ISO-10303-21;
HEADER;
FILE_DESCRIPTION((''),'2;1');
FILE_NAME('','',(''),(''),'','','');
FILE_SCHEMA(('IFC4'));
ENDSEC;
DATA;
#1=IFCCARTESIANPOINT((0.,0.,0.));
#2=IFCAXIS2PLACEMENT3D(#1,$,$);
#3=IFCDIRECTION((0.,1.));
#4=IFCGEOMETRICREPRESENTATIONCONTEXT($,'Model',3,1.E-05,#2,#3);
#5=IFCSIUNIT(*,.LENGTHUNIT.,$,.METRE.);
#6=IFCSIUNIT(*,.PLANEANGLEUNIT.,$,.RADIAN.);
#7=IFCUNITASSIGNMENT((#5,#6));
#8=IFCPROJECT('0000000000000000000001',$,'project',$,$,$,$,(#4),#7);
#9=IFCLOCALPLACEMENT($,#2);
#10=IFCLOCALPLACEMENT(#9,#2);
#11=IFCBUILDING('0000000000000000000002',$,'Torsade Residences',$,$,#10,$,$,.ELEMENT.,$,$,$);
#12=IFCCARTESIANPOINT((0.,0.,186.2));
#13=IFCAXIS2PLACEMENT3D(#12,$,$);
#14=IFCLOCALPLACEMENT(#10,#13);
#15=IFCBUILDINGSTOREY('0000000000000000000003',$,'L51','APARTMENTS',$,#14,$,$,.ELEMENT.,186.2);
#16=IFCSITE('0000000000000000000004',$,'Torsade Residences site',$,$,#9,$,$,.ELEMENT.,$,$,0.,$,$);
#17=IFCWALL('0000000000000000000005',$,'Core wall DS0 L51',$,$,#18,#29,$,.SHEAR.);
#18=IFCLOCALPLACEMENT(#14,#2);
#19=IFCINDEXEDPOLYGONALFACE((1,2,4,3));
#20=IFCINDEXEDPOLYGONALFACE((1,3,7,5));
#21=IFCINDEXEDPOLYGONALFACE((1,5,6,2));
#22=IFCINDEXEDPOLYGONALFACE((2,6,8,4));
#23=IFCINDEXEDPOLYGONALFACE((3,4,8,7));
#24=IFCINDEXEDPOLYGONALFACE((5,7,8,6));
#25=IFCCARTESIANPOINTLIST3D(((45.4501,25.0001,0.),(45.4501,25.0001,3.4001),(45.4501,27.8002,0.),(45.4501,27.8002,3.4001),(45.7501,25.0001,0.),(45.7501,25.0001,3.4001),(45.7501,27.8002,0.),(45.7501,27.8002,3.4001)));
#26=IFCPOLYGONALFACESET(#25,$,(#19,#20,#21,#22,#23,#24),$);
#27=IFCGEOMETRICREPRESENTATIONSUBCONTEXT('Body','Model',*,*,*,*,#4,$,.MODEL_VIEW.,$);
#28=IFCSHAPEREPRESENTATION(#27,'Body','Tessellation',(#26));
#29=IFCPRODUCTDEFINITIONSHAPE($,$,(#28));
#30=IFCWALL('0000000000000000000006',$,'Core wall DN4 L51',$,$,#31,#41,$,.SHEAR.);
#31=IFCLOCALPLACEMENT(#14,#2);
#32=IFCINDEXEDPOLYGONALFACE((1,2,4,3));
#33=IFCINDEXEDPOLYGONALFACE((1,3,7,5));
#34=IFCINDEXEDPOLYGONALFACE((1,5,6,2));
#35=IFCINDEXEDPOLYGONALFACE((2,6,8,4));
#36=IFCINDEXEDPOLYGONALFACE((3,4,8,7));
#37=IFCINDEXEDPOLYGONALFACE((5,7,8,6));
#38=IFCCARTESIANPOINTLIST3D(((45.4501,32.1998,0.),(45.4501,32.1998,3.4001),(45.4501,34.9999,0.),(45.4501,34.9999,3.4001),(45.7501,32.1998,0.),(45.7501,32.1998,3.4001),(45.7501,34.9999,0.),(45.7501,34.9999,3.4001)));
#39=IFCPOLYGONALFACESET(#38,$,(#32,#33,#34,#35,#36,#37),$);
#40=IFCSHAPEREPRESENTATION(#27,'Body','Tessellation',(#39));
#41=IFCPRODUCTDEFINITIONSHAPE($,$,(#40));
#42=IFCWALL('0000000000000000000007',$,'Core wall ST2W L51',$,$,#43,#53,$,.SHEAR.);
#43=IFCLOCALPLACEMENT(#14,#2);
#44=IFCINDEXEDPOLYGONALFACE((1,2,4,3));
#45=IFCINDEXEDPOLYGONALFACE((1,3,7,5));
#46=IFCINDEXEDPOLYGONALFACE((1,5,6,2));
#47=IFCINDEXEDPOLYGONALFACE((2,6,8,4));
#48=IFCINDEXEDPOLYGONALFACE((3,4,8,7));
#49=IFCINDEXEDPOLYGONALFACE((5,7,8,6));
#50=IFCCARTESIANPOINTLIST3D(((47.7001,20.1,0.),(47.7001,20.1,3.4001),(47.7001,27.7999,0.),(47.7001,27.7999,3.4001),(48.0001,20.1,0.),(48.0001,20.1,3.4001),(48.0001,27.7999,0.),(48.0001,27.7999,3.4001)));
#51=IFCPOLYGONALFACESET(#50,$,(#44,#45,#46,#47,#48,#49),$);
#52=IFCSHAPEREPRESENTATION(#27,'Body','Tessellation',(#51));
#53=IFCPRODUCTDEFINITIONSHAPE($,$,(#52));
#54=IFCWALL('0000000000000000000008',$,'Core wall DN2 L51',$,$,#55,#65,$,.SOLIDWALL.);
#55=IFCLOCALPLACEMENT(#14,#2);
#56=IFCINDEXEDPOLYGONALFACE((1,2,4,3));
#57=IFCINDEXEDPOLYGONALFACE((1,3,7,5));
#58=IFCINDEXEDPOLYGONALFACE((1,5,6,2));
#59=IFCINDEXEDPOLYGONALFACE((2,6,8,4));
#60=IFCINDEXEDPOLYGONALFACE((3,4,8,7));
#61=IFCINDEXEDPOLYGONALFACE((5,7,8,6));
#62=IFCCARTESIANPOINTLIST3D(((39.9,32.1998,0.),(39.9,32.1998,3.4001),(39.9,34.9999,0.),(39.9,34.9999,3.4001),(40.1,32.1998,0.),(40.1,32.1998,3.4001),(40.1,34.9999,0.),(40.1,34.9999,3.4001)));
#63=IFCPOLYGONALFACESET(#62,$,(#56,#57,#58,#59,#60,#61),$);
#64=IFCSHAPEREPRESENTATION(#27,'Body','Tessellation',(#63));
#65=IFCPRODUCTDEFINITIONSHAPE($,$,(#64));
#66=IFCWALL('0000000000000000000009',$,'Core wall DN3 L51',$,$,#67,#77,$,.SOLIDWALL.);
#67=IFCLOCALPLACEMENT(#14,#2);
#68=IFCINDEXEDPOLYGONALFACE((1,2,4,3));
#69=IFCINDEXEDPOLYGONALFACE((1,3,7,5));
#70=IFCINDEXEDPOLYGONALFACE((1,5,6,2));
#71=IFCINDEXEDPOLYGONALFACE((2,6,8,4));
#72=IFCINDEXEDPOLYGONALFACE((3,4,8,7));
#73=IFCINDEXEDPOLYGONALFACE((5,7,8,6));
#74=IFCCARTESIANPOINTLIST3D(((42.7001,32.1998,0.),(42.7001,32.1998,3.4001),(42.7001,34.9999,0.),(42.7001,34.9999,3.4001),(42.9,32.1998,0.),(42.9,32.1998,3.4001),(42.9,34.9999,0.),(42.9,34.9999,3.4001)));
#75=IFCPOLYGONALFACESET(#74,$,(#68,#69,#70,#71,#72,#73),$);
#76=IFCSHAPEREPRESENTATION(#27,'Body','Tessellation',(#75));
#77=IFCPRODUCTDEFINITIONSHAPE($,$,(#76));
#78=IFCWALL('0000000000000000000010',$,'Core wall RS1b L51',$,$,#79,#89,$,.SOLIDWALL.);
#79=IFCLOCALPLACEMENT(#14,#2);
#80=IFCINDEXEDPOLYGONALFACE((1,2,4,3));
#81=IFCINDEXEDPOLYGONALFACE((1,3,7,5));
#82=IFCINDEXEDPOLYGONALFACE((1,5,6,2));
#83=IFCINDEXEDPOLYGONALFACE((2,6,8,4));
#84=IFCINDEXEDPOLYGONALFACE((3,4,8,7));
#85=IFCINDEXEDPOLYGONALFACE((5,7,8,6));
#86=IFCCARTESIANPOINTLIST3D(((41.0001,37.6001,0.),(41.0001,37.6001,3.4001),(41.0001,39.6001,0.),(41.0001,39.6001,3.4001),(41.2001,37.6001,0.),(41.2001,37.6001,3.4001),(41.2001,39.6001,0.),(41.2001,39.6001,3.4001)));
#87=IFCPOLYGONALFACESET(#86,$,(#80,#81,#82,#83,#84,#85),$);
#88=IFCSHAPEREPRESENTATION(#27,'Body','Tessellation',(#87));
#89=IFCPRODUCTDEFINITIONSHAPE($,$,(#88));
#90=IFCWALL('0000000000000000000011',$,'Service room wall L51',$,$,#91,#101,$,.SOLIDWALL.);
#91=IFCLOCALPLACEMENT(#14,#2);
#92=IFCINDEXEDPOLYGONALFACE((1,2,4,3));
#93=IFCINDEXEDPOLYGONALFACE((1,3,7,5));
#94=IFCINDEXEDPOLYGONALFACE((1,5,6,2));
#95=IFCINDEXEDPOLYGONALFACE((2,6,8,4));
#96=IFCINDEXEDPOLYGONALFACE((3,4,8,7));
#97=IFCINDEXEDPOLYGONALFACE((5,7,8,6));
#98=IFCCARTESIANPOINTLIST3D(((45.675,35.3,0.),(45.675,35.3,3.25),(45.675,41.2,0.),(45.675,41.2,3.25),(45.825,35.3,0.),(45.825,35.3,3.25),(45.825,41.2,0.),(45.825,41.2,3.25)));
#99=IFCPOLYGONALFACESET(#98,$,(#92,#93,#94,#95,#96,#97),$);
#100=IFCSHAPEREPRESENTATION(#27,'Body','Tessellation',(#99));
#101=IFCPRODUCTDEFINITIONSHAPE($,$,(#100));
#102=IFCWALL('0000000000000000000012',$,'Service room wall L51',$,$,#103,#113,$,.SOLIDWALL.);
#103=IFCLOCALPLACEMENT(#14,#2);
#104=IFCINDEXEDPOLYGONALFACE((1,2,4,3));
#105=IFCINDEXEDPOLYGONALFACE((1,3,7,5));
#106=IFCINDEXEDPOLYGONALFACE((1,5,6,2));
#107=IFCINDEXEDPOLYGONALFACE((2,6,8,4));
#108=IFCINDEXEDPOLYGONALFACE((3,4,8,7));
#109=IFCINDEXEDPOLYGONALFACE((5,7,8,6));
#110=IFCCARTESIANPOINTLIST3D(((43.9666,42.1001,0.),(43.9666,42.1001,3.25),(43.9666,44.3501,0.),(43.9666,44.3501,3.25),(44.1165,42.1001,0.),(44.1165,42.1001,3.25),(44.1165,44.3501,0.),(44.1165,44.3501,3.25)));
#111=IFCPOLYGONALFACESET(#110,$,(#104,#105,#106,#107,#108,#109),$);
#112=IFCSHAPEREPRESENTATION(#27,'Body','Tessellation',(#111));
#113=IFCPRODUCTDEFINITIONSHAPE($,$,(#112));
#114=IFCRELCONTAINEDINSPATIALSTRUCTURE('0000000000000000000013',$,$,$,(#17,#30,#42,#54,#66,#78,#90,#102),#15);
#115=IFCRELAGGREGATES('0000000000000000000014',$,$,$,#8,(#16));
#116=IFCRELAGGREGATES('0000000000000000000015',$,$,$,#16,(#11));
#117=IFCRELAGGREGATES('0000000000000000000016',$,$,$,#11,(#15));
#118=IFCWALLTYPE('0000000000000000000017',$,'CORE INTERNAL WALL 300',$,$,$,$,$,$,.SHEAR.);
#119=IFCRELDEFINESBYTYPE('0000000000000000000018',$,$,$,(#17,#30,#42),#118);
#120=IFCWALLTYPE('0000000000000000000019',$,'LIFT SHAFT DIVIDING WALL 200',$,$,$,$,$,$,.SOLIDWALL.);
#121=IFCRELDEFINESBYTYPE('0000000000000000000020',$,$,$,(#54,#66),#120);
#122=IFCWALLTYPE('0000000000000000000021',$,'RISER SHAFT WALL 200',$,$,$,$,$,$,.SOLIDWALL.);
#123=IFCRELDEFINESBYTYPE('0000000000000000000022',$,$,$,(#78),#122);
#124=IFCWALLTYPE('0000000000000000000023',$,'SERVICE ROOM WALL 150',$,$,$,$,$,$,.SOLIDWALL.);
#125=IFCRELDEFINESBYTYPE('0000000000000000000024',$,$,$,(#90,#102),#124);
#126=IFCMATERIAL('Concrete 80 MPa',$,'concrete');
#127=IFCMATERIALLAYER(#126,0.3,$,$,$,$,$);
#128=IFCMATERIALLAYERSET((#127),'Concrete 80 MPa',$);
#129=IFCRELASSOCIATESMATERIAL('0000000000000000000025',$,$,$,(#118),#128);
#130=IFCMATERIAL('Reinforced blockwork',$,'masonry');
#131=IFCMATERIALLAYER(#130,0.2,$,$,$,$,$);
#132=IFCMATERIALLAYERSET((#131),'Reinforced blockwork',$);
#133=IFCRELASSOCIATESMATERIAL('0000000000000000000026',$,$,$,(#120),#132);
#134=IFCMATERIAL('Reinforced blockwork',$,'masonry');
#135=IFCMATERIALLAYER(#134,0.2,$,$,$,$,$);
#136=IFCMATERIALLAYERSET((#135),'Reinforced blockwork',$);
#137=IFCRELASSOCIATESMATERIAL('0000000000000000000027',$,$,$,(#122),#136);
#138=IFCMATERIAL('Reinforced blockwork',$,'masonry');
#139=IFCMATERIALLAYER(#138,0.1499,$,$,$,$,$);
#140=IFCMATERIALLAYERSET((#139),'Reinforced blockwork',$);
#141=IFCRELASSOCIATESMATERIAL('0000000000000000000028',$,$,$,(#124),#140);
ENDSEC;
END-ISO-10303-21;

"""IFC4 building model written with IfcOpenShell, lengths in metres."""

from ifc_helpers import new_model, si_unit, direction, frame, frame_2d, origin, place, context, subcontext, project, spatial, rectangle, extrude, material, layer, layer_set, type_object, element, save


model = new_model("IFC4")

# Units and contexts
model_context = context("Model", 3, precision=1e-05, world=origin(), true_north=direction((0.0, 1.0)))
body_context = subcontext(model_context, "Body", "Model", "MODEL_VIEW")
ifc_project = project(units=[si_unit("LENGTHUNIT", "METRE"), si_unit("PLANEANGLEUNIT", "RADIAN")], contexts=[model_context])

# Site, building, storey
site_placement = place(None, origin())
site = spatial("IfcSite", under=ifc_project, at=site_placement, Name="Torsade Residences site", CompositionType="ELEMENT", RefElevation=0.0)
building_placement = place(site_placement, origin())
building = spatial("IfcBuilding", under=site, at=building_placement, Name="Torsade Residences", CompositionType="ELEMENT")
storey_placement = place(building_placement, frame((0.0, 0.0, 186.2)))
storey = spatial("IfcBuildingStorey", under=building, at=storey_placement, Name="L51", Description="APARTMENTS", CompositionType="ELEMENT", Elevation=186.2)

# Walls
ifc_material_1 = material(Name="Concrete 80 MPa", Category="concrete")
ifc_layer_1 = layer(ifc_material_1, 0.3)
ifc_layer_set_1 = layer_set([ifc_layer_1], Name="Concrete 80 MPa")
wall_type_1 = type_object("IfcWallType", Name="CORE INTERNAL WALL 300", PredefinedType="SHEAR", material=ifc_layer_set_1)
for number, where, z_axis, x_axis, name in (
    (1, (45.6001, 27.8, 0.0), (0.0, 0.0, 1.0), (0.0, -1.0, 0.0), "Core wall DS0 L51"),
    (2, (45.6001, 32.2, 0.0), (0.0, 0.0, 1.0), (0.0, 1.0, 0.0), "Core wall DN4 L51"),
):
    element("IfcWall", number, at=place(storey_placement, frame(where, z_axis=z_axis, x_axis=x_axis)), inside=storey, type_object=wall_type_1, Name=name, PredefinedType="SHEAR", context=body_context, shape_type="SweptSolid", body=[
        extrude(rectangle(XDim=2.8, YDim=0.3, at=frame_2d((1.3999, 0.0))), origin(), (0.0, 0.0, 1.0), 3.4001),
    ])
wall_1_placement = place(storey_placement, frame((47.8501, 27.8, 0.0), z_axis=(0.0, 0.0, 1.0), x_axis=(0.0, -1.0, 0.0)))
element("IfcWall", 3, at=wall_1_placement, inside=storey, type_object=wall_type_1, Name="Core wall ST2W L51", PredefinedType="SHEAR", context=body_context, shape_type="SweptSolid", body=[
    extrude(rectangle(XDim=7.7, YDim=0.3, at=frame_2d((3.8501, 0.0))), origin(), (0.0, 0.0, 1.0), 3.4001),
])
ifc_material_2 = material(Name="Reinforced blockwork", Category="masonry")
ifc_layer_2 = layer(ifc_material_2, 0.2)
ifc_layer_set_2 = layer_set([ifc_layer_2], Name="Reinforced blockwork")
wall_type_2 = type_object("IfcWallType", Name="LIFT SHAFT DIVIDING WALL 200", PredefinedType="SOLIDWALL", material=ifc_layer_set_2)
for number, where, z_axis, x_axis, name in (
    (4, (40.0, 32.2, 0.0), (0.0, 0.0, 1.0), (0.0, 1.0, 0.0), "Core wall DN2 L51"),
    (5, (42.8, 32.2, 0.0), (0.0, 0.0, 1.0), (0.0, 1.0, 0.0), "Core wall DN3 L51"),
):
    element("IfcWall", number, at=place(storey_placement, frame(where, z_axis=z_axis, x_axis=x_axis)), inside=storey, type_object=wall_type_2, Name=name, PredefinedType="SOLIDWALL", context=body_context, shape_type="SweptSolid", body=[
        extrude(rectangle(XDim=2.8, YDim=0.2, at=frame_2d((1.3999, 0.0))), origin(), (0.0, 0.0, 1.0), 3.4001),
    ])
ifc_material_3 = material(Name="Reinforced blockwork", Category="masonry")
ifc_layer_3 = layer(ifc_material_3, 0.2)
ifc_layer_set_3 = layer_set([ifc_layer_3], Name="Reinforced blockwork")
wall_type_3 = type_object("IfcWallType", Name="RISER SHAFT WALL 200", PredefinedType="SOLIDWALL", material=ifc_layer_set_3)
wall_2_placement = place(storey_placement, frame((41.1001, 37.6001, 0.0), z_axis=(0.0, 0.0, 1.0), x_axis=(0.0, 1.0, 0.0)))
element("IfcWall", 6, at=wall_2_placement, inside=storey, type_object=wall_type_3, Name="Core wall RS1b L51", PredefinedType="SOLIDWALL", context=body_context, shape_type="SweptSolid", body=[
    extrude(rectangle(XDim=2.0, YDim=0.2, at=frame_2d((1.0, 0.0))), origin(), (0.0, 0.0, 1.0), 3.4001),
])
ifc_material_4 = material(Name="Reinforced blockwork", Category="masonry")
ifc_layer_4 = layer(ifc_material_4, 0.1499)
ifc_layer_set_4 = layer_set([ifc_layer_4], Name="Reinforced blockwork")
wall_type_4 = type_object("IfcWallType", Name="SERVICE ROOM WALL 150", PredefinedType="SOLIDWALL", material=ifc_layer_set_4)
wall_3_placement = place(storey_placement, frame((45.75, 41.2, 0.0), z_axis=(0.0, 0.0, 1.0), x_axis=(0.0, -1.0, 0.0)))
element("IfcWall", 7, at=wall_3_placement, inside=storey, type_object=wall_type_4, Name="Service room wall L51", PredefinedType="SOLIDWALL", context=body_context, shape_type="SweptSolid", body=[
    extrude(rectangle(XDim=5.8999, YDim=0.1499, at=frame_2d((2.95, 0.0))), origin(), (0.0, 0.0, 1.0), 3.25),
])
wall_4_placement = place(storey_placement, frame((44.0415, 42.1001, 0.0), z_axis=(0.0, 0.0, 1.0), x_axis=(0.0, 1.0, 0.0)))
element("IfcWall", 8, at=wall_4_placement, inside=storey, type_object=wall_type_4, Name="Service room wall L51", PredefinedType="SOLIDWALL", context=body_context, shape_type="SweptSolid", body=[
    extrude(rectangle(XDim=2.25, YDim=0.1499, at=frame_2d((1.125, 0.0))), origin(), (0.0, 0.0, 1.0), 3.25),
])

save(model, "model.ifc")
